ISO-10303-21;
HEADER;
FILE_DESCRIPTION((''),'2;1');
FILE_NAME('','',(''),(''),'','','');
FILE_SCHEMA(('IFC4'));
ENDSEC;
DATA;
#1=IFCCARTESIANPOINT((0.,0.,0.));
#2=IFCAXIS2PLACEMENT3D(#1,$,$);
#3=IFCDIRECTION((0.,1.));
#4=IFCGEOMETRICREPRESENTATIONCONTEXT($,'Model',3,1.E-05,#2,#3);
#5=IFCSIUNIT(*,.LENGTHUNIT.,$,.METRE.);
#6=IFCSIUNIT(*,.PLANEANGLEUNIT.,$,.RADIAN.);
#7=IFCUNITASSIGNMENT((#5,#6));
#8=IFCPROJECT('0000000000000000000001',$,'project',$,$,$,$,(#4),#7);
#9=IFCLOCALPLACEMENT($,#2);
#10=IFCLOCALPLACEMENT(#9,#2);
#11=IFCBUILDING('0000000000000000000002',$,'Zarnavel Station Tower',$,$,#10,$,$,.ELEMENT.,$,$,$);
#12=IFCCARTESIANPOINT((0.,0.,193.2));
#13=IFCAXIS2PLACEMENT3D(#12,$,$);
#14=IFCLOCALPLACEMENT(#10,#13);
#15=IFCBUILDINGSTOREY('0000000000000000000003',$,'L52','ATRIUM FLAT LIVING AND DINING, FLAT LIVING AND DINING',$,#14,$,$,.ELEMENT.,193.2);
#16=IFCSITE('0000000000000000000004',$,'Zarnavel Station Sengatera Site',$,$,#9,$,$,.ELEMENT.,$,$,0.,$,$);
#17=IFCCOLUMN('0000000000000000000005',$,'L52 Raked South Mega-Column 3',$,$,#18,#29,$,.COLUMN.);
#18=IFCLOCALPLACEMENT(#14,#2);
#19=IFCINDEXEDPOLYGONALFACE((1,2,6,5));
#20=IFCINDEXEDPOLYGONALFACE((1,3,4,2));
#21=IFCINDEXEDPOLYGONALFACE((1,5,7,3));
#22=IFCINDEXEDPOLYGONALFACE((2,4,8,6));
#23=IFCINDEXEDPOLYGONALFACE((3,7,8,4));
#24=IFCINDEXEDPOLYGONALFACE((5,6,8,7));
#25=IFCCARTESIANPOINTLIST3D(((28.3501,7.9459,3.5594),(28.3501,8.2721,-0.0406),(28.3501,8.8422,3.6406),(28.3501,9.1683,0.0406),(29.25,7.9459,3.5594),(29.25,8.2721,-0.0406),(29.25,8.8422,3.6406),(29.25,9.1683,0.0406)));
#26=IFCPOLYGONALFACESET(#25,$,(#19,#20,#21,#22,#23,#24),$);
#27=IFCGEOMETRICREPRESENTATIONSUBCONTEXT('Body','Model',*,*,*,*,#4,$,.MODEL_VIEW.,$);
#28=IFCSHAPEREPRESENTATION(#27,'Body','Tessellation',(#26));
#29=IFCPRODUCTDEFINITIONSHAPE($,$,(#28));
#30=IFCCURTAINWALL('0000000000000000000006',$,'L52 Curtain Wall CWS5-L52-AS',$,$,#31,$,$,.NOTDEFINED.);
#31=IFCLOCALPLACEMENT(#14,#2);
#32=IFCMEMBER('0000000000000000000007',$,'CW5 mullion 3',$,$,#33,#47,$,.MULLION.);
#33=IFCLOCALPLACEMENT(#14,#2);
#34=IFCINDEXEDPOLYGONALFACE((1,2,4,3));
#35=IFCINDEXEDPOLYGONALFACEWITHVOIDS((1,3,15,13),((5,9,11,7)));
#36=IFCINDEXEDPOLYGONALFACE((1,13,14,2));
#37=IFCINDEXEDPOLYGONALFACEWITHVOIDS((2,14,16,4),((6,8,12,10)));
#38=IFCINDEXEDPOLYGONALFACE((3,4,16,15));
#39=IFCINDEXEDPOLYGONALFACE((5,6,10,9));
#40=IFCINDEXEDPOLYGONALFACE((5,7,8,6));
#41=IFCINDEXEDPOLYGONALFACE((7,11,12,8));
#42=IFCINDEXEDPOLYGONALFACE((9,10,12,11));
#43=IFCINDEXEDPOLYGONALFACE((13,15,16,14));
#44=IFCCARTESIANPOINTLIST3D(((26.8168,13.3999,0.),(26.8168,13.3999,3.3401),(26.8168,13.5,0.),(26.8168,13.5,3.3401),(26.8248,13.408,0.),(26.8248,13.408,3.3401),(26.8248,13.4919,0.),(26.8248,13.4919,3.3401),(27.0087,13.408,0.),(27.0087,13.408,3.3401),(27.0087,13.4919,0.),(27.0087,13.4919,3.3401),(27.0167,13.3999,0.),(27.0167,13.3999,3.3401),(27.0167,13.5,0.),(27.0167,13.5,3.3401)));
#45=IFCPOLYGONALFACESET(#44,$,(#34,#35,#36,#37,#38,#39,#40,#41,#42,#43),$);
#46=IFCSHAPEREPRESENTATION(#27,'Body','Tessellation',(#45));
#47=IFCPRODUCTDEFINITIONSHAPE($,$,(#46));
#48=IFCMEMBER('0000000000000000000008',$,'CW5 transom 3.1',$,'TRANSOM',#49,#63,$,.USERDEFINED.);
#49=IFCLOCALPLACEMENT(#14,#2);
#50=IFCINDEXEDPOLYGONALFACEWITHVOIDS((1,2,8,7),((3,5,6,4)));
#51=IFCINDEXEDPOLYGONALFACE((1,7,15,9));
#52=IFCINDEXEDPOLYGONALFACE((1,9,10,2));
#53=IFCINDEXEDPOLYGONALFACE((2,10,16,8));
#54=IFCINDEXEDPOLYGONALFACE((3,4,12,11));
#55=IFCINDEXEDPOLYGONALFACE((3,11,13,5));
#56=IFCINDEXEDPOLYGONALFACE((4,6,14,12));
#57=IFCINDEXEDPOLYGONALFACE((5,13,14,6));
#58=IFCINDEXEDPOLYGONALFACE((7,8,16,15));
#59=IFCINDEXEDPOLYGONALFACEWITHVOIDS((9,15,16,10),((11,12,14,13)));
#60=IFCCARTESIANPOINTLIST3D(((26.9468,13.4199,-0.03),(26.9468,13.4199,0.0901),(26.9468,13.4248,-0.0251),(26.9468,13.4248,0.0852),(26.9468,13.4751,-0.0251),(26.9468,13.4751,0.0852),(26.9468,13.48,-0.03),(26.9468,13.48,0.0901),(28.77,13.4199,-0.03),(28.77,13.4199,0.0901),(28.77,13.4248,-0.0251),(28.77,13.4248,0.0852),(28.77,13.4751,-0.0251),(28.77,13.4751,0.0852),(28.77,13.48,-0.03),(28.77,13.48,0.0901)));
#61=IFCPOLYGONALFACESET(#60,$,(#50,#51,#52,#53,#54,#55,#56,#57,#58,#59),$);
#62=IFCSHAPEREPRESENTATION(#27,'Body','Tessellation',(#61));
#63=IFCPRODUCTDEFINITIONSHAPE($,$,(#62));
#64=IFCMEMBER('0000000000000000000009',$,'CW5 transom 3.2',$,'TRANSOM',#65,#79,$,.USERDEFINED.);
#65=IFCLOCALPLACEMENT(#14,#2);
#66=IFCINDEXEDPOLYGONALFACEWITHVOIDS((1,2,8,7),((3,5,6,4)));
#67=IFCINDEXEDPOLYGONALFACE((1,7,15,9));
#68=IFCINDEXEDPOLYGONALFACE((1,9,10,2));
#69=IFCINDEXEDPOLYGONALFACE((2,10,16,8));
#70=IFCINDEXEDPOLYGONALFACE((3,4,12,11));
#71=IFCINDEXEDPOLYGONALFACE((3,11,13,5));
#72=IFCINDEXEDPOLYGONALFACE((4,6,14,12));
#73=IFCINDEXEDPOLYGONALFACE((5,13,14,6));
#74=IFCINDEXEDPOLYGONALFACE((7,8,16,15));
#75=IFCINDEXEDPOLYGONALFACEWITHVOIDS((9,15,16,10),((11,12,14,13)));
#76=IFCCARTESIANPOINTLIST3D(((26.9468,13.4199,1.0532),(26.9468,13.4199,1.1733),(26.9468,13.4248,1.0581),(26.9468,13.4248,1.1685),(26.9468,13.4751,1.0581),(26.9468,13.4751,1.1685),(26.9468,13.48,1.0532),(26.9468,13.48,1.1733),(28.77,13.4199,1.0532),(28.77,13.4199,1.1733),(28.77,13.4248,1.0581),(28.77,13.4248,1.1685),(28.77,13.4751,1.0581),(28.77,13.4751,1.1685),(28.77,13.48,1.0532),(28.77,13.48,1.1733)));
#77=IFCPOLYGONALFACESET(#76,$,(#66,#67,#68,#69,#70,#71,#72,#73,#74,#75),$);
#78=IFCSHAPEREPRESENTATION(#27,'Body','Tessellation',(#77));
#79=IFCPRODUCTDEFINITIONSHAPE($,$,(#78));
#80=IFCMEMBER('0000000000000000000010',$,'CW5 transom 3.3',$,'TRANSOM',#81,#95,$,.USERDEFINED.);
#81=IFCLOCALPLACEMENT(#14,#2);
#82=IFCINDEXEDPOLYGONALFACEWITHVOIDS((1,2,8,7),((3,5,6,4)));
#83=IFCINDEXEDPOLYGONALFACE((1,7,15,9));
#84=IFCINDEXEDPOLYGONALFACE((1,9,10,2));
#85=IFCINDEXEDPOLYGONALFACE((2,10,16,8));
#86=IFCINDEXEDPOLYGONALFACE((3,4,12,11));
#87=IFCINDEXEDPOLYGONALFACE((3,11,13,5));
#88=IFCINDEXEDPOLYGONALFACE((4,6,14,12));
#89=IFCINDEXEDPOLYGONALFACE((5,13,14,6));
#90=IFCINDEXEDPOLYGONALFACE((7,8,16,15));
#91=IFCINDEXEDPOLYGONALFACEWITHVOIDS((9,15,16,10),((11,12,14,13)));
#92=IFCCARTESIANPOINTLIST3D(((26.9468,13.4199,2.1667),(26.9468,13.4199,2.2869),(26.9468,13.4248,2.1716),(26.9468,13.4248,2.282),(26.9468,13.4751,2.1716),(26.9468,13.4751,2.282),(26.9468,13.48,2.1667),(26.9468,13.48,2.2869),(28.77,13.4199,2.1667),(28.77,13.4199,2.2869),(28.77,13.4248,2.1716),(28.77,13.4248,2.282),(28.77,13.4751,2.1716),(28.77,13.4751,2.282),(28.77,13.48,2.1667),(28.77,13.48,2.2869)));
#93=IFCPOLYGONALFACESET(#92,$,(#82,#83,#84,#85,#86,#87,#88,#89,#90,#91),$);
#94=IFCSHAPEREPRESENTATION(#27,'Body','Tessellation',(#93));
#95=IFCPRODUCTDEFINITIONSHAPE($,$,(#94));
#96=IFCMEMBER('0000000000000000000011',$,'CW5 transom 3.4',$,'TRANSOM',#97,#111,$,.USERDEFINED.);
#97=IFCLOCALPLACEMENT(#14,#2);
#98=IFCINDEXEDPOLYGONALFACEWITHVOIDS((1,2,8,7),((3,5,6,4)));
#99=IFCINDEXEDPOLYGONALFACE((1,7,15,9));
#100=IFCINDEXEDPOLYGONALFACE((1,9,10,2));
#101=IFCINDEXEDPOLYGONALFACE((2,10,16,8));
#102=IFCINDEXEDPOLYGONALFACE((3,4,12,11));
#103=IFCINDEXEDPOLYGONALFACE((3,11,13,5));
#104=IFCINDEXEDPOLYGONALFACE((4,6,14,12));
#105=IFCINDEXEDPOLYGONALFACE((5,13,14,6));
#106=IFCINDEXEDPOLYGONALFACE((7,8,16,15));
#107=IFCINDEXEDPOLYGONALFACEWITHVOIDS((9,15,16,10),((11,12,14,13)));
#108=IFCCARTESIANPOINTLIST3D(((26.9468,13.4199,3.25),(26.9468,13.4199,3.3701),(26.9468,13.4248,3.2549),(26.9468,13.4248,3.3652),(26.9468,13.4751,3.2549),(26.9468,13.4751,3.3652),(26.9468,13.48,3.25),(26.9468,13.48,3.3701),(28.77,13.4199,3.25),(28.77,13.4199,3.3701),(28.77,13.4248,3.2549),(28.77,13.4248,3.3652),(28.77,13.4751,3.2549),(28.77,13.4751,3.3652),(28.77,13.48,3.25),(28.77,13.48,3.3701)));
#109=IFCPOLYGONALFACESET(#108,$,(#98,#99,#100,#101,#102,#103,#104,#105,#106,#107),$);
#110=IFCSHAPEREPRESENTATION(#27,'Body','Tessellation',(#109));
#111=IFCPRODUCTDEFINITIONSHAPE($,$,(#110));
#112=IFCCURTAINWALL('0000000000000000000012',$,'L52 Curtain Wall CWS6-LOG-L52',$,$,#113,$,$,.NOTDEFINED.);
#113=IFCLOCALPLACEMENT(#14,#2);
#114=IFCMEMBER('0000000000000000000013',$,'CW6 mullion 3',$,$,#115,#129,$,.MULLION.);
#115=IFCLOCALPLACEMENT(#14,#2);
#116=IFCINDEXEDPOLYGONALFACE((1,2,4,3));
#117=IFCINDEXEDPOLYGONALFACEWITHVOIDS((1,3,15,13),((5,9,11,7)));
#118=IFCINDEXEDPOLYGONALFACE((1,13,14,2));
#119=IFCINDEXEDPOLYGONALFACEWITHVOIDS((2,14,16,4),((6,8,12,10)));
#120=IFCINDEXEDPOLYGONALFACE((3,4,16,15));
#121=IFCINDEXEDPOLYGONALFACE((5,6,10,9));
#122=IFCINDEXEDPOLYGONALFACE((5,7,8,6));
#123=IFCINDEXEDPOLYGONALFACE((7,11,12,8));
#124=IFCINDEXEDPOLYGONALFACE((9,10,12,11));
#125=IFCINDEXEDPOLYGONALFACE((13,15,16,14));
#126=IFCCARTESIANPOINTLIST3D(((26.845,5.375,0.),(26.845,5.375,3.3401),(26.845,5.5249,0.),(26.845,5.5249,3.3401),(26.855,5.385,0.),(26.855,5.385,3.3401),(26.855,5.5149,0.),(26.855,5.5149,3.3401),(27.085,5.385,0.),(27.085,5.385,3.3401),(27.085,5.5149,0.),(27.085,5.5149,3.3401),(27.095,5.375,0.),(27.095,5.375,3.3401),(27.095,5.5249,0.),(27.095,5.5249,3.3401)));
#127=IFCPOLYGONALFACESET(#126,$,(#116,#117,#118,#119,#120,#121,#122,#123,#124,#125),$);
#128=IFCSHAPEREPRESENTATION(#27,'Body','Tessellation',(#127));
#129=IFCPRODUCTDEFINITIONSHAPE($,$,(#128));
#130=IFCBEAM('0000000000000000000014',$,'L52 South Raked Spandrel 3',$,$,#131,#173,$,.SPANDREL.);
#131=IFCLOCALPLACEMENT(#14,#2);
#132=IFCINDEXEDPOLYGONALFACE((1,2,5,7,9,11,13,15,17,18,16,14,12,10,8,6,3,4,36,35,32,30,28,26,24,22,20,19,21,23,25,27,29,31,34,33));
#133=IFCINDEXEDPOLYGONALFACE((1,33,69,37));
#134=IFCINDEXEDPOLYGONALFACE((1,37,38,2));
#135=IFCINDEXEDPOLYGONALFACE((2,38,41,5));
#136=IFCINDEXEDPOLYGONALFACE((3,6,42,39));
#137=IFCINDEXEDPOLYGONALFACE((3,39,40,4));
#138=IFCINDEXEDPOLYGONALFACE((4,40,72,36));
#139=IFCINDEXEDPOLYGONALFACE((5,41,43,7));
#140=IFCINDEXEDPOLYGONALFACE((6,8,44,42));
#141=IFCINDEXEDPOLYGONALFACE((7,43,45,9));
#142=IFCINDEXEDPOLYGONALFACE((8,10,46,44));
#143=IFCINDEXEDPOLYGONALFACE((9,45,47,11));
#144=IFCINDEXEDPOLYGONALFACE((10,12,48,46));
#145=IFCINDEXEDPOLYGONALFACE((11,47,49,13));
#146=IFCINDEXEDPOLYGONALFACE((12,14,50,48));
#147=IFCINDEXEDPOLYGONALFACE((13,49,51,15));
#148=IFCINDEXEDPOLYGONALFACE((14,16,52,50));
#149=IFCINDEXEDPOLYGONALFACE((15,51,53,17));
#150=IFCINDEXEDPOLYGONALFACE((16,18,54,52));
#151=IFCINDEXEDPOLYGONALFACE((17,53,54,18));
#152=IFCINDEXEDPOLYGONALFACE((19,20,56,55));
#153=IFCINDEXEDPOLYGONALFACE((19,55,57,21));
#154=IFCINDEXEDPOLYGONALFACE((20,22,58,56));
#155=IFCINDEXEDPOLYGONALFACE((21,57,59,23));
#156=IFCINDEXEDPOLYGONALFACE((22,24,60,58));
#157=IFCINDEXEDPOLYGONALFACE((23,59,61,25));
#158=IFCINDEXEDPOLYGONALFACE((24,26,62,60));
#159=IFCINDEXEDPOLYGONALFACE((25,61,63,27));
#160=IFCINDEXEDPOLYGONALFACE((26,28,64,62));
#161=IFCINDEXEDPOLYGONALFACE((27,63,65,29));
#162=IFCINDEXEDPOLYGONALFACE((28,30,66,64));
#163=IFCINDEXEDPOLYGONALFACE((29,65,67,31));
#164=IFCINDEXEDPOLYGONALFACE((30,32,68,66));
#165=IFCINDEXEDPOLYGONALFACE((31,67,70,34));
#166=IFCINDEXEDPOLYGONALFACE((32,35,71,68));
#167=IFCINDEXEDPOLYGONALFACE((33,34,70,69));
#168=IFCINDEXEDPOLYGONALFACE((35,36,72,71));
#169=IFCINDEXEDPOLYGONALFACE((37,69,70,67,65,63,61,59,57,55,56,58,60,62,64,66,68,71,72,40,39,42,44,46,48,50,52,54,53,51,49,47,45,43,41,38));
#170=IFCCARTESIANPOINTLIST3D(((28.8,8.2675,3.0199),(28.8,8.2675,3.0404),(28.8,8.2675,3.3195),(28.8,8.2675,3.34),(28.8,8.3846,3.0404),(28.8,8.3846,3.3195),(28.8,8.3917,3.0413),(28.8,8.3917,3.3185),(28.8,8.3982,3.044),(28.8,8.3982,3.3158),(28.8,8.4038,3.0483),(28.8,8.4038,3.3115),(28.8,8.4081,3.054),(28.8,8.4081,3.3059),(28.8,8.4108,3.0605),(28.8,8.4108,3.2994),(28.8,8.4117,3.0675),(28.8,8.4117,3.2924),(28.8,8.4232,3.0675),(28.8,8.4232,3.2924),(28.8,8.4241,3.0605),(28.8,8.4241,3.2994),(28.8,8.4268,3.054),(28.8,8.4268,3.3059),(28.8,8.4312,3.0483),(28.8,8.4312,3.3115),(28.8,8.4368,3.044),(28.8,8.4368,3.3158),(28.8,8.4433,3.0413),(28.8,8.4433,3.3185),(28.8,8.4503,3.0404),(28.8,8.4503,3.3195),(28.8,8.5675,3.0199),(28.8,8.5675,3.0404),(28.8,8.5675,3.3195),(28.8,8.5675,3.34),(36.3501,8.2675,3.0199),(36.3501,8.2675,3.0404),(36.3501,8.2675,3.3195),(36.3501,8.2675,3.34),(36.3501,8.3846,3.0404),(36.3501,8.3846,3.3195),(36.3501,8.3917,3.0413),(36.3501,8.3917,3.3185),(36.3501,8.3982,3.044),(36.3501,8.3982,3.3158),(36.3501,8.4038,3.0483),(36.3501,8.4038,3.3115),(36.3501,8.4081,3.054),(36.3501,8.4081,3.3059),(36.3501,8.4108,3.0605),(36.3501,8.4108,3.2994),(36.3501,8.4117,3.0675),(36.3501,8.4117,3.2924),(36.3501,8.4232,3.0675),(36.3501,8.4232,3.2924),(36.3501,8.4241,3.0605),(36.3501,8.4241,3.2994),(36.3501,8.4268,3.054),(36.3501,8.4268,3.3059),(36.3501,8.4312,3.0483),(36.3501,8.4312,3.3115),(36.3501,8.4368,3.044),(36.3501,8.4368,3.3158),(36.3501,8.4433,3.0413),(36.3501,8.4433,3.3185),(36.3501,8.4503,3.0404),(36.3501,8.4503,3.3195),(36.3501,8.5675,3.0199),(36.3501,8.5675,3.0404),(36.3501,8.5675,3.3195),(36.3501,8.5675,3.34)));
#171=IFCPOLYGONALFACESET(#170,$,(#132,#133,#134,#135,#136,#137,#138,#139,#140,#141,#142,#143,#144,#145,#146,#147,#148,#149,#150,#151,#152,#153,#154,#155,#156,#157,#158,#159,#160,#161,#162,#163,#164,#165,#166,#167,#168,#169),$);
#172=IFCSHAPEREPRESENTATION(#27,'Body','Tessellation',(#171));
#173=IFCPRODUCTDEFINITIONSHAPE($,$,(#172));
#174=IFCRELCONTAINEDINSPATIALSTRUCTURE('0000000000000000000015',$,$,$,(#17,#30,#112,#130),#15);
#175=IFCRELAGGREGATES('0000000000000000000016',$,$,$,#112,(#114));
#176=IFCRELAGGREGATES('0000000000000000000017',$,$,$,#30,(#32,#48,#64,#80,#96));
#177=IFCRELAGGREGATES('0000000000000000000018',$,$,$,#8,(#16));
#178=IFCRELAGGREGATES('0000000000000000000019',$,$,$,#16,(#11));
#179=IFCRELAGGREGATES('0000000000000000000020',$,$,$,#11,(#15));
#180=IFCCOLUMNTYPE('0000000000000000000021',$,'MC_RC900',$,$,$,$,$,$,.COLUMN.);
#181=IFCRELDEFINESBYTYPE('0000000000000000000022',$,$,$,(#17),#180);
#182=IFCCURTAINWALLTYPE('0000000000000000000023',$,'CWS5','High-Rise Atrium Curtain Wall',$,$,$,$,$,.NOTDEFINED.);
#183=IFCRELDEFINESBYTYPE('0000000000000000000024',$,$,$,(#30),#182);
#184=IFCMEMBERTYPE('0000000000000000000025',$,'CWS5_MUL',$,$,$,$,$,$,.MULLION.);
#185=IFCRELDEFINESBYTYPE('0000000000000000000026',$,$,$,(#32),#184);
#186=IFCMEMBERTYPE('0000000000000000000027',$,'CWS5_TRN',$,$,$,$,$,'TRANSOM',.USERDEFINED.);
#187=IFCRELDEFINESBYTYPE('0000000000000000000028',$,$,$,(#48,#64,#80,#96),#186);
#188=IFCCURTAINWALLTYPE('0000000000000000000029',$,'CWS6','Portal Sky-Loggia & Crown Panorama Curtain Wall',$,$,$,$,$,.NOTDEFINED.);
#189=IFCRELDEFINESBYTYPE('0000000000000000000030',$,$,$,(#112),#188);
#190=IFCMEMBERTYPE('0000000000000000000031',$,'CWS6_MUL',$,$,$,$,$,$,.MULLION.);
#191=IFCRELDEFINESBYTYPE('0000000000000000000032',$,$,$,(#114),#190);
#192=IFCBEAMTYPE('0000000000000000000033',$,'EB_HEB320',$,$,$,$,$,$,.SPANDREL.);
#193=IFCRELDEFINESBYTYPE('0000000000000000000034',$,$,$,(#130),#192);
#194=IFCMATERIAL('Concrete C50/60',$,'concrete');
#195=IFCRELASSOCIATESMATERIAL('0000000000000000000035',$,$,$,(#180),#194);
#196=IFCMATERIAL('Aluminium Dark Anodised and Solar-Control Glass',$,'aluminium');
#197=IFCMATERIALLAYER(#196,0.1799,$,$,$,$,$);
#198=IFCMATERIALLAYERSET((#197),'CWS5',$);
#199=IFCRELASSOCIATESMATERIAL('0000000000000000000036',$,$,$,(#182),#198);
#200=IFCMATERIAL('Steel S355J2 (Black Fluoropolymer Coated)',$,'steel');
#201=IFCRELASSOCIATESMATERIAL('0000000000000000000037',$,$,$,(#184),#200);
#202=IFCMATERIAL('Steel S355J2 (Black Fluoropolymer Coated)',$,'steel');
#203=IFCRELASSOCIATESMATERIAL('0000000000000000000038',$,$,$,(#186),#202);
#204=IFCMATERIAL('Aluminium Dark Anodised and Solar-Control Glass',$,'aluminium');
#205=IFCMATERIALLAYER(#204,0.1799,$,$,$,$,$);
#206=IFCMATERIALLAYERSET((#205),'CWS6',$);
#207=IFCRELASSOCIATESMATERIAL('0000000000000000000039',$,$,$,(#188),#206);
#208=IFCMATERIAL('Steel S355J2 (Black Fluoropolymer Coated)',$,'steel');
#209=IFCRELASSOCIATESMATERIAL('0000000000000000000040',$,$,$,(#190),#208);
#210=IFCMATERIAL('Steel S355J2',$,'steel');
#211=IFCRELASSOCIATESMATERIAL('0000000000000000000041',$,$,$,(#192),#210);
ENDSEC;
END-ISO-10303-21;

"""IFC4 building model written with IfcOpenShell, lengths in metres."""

from ifc_helpers import new_model, si_unit, direction, frame, origin, origin_2d, place, context, subcontext, project, spatial, rectangle, hollow_rectangle, i_section, extrude, material, layer, layer_set, material_profile, profile_set, type_object, element, aggregate, save


model = new_model("IFC4")

# Units and contexts
model_context = context("Model", 3, precision=1e-05, world=origin(), true_north=direction((0.0, 1.0)))
body_context = subcontext(model_context, "Body", "Model", "MODEL_VIEW")
ifc_project = project(units=[si_unit("LENGTHUNIT", "METRE"), si_unit("PLANEANGLEUNIT", "RADIAN")], contexts=[model_context])

# Site, building, storey
site_placement = place(None, origin())
site = spatial("IfcSite", under=ifc_project, at=site_placement, Name="Zarnavel Station Sengatera Site", CompositionType="ELEMENT", RefElevation=0.0)
building_placement = place(site_placement, origin())
building = spatial("IfcBuilding", under=site, at=building_placement, Name="Zarnavel Station Tower", CompositionType="ELEMENT")
storey_placement = place(building_placement, frame((0.0, 0.0, 193.2)))
storey = spatial("IfcBuildingStorey", under=building, at=storey_placement, Name="L52", Description="ATRIUM FLAT LIVING AND DINING, FLAT LIVING AND DINING", CompositionType="ELEMENT", Elevation=193.2)

# Column
ifc_material_1 = material(Name="Concrete C50/60", Category="concrete")
ifc_material_profile_1 = material_profile(ifc_material_1, rectangle(XDim=0.8999, YDim=0.8999, at=origin_2d()), Name="RC900x900")
ifc_profile_set_1 = profile_set([ifc_material_profile_1], Name="Concrete C50/60")
column_type = type_object("IfcColumnType", Name="MC_RC900", PredefinedType="COLUMN", material=ifc_profile_set_1)
column_placement = place(storey_placement, frame((28.8, 8.7202, 0.0), z_axis=(0.0, -0.090231, 0.995921), x_axis=(1.0, 0.0, 0.0)))
element("IfcColumn", 1, at=column_placement, inside=storey, type_object=column_type, Name="L52 Raked South Mega-Column 3", PredefinedType="COLUMN", context=body_context, shape_type="SweptSolid", body=[
    extrude(rectangle(XDim=0.8999, YDim=0.8999, at=origin_2d()), origin(), (0.0, 0.0, 1.0), 3.6147),
])

# Curtain wall, members
ifc_material_2 = material(Name="Aluminium Dark Anodised and Solar-Control Glass", Category="aluminium")
ifc_layer_1 = layer(ifc_material_2, 0.1799)
ifc_layer_set_1 = layer_set([ifc_layer_1], Name="CWS5")
curtain_wall_type_1 = type_object("IfcCurtainWallType", Name="CWS5", Description="High-Rise Atrium Curtain Wall", PredefinedType="NOTDEFINED", material=ifc_layer_set_1)
curtain_wall_1_placement = place(storey_placement, origin())
curtain_wall_1 = element("IfcCurtainWall", 2, at=curtain_wall_1_placement, inside=storey, type_object=curtain_wall_type_1, Name="L52 Curtain Wall CWS5-L52-AS", PredefinedType="NOTDEFINED")
ifc_material_3 = material(Name="Steel S355J2 (Black Fluoropolymer Coated)", Category="steel")
ifc_material_profile_2 = material_profile(ifc_material_3, hollow_rectangle(XDim=0.1001, YDim=0.2, WallThickness=0.0081, at=origin_2d()), Name="RHS200x100x8")
ifc_profile_set_2 = profile_set([ifc_material_profile_2], Name="Steel S355J2 (Black Fluoropolymer Coated)")
member_type_1 = type_object("IfcMemberType", Name="CWS5_MUL", PredefinedType="MULLION", material=ifc_profile_set_2)
member_1_placement = place(storey_placement, frame((26.9167, 13.45, 0.0), z_axis=(0.0, 0.0, 1.0), x_axis=(0.0, 1.0, 0.0)))
member_1 = element("IfcMember", 3, at=member_1_placement, type_object=member_type_1, Name="CW5 mullion 3", PredefinedType="MULLION", context=body_context, shape_type="SweptSolid", body=[
    extrude(hollow_rectangle(XDim=0.1001, YDim=0.2, WallThickness=0.0081, at=origin_2d()), origin(), (0.0, 0.0, 1.0), 3.3401),
])
ifc_material_4 = material(Name="Steel S355J2 (Black Fluoropolymer Coated)", Category="steel")
ifc_material_profile_3 = material_profile(ifc_material_4, hollow_rectangle(XDim=0.0601, YDim=0.1201, WallThickness=0.0049, at=origin_2d()), Name="RHS120x60x5")
ifc_profile_set_3 = profile_set([ifc_material_profile_3], Name="Steel S355J2 (Black Fluoropolymer Coated)")
member_type_2 = type_object("IfcMemberType", Name="CWS5_TRN", ElementType="TRANSOM", PredefinedType="USERDEFINED", material=ifc_profile_set_3)
member_2_placement = place(storey_placement, frame((26.9468, 13.45, 0.03), z_axis=(1.0, 0.0, 0.0), x_axis=(0.0, 1.0, 0.0)))
member_2 = element("IfcMember", 4, at=member_2_placement, type_object=member_type_2, Name="CW5 transom 3.1", ObjectType="TRANSOM", PredefinedType="USERDEFINED", context=body_context, shape_type="SweptSolid", body=[
    extrude(hollow_rectangle(XDim=0.0601, YDim=0.1201, WallThickness=0.0049, at=origin_2d()), origin(), (0.0, 0.0, 1.0), 1.8232),
])
member_3_placement = place(storey_placement, frame((26.9468, 13.45, 1.1133), z_axis=(1.0, 0.0, 0.0), x_axis=(0.0, 1.0, 0.0)))
member_3 = element("IfcMember", 5, at=member_3_placement, type_object=member_type_2, Name="CW5 transom 3.2", ObjectType="TRANSOM", PredefinedType="USERDEFINED", context=body_context, shape_type="SweptSolid", body=[
    extrude(hollow_rectangle(XDim=0.0601, YDim=0.1201, WallThickness=0.0049, at=origin_2d()), origin(), (0.0, 0.0, 1.0), 1.8232),
])
member_4_placement = place(storey_placement, frame((26.9468, 13.45, 2.2268), z_axis=(1.0, 0.0, 0.0), x_axis=(0.0, 1.0, 0.0)))
member_4 = element("IfcMember", 6, at=member_4_placement, type_object=member_type_2, Name="CW5 transom 3.3", ObjectType="TRANSOM", PredefinedType="USERDEFINED", context=body_context, shape_type="SweptSolid", body=[
    extrude(hollow_rectangle(XDim=0.0601, YDim=0.1201, WallThickness=0.0049, at=origin_2d()), origin(), (0.0, 0.0, 1.0), 1.8232),
])
member_5_placement = place(storey_placement, frame((26.9468, 13.45, 3.3101), z_axis=(1.0, 0.0, 0.0), x_axis=(0.0, 1.0, 0.0)))
member_5 = element("IfcMember", 7, at=member_5_placement, type_object=member_type_2, Name="CW5 transom 3.4", ObjectType="TRANSOM", PredefinedType="USERDEFINED", context=body_context, shape_type="SweptSolid", body=[
    extrude(hollow_rectangle(XDim=0.0601, YDim=0.1201, WallThickness=0.0049, at=origin_2d()), origin(), (0.0, 0.0, 1.0), 1.8232),
])

# Curtain wall, member
ifc_material_5 = material(Name="Aluminium Dark Anodised and Solar-Control Glass", Category="aluminium")
ifc_layer_2 = layer(ifc_material_5, 0.1799)
ifc_layer_set_2 = layer_set([ifc_layer_2], Name="CWS6")
curtain_wall_type_2 = type_object("IfcCurtainWallType", Name="CWS6", Description="Portal Sky-Loggia & Crown Panorama Curtain Wall", PredefinedType="NOTDEFINED", material=ifc_layer_set_2)
curtain_wall_2_placement = place(storey_placement, origin())
curtain_wall_2 = element("IfcCurtainWall", 8, at=curtain_wall_2_placement, inside=storey, type_object=curtain_wall_type_2, Name="L52 Curtain Wall CWS6-LOG-L52", PredefinedType="NOTDEFINED")
ifc_material_6 = material(Name="Steel S355J2 (Black Fluoropolymer Coated)", Category="steel")
ifc_material_profile_4 = material_profile(ifc_material_6, hollow_rectangle(XDim=0.1499, YDim=0.25, WallThickness=0.01, at=origin_2d()), Name="RHS250x150x10")
ifc_profile_set_4 = profile_set([ifc_material_profile_4], Name="Steel S355J2 (Black Fluoropolymer Coated)")
member_type_3 = type_object("IfcMemberType", Name="CWS6_MUL", PredefinedType="MULLION", material=ifc_profile_set_4)
member_6_placement = place(storey_placement, frame((26.97, 5.45, 0.0), z_axis=(0.0, 0.0, 1.0), x_axis=(0.0, 1.0, 0.0)))
member_6 = element("IfcMember", 9, at=member_6_placement, type_object=member_type_3, Name="CW6 mullion 3", PredefinedType="MULLION", context=body_context, shape_type="SweptSolid", body=[
    extrude(hollow_rectangle(XDim=0.1499, YDim=0.25, WallThickness=0.01, at=origin_2d()), origin(), (0.0, 0.0, 1.0), 3.3401),
])
aggregate(curtain_wall_2, [member_6])

# Beam
ifc_material_7 = material(Name="Steel S355J2", Category="steel")
ifc_material_profile_5 = material_profile(ifc_material_7, i_section(OverallWidth=0.3, OverallDepth=0.3201, WebThickness=0.0115, FlangeThickness=0.0205, FilletRadius=0.0271, at=origin_2d()), Name="HEB320")
ifc_profile_set_5 = profile_set([ifc_material_profile_5], Name="Steel S355J2")
beam_type_1 = type_object("IfcBeamType", Name="EB_HEB320", PredefinedType="SPANDREL", material=ifc_profile_set_5)
beam_1_placement = place(storey_placement, frame((28.8, 8.4175, 3.1799), z_axis=(1.0, 0.0, 0.0), x_axis=(0.0, 1.0, 0.0)))
element("IfcBeam", 10, at=beam_1_placement, inside=storey, type_object=beam_type_1, Name="L52 South Raked Spandrel 3", PredefinedType="SPANDREL", context=body_context, shape_type="SweptSolid", body=[
    extrude(i_section(OverallWidth=0.3, OverallDepth=0.3201, WebThickness=0.0115, FlangeThickness=0.0205, FilletRadius=0.0271, at=origin_2d()), origin(), (0.0, 0.0, 1.0), 7.55),
])

aggregate(curtain_wall_1, [member_1, member_2, member_3, member_4, member_5])

save(model, "model.ifc")
